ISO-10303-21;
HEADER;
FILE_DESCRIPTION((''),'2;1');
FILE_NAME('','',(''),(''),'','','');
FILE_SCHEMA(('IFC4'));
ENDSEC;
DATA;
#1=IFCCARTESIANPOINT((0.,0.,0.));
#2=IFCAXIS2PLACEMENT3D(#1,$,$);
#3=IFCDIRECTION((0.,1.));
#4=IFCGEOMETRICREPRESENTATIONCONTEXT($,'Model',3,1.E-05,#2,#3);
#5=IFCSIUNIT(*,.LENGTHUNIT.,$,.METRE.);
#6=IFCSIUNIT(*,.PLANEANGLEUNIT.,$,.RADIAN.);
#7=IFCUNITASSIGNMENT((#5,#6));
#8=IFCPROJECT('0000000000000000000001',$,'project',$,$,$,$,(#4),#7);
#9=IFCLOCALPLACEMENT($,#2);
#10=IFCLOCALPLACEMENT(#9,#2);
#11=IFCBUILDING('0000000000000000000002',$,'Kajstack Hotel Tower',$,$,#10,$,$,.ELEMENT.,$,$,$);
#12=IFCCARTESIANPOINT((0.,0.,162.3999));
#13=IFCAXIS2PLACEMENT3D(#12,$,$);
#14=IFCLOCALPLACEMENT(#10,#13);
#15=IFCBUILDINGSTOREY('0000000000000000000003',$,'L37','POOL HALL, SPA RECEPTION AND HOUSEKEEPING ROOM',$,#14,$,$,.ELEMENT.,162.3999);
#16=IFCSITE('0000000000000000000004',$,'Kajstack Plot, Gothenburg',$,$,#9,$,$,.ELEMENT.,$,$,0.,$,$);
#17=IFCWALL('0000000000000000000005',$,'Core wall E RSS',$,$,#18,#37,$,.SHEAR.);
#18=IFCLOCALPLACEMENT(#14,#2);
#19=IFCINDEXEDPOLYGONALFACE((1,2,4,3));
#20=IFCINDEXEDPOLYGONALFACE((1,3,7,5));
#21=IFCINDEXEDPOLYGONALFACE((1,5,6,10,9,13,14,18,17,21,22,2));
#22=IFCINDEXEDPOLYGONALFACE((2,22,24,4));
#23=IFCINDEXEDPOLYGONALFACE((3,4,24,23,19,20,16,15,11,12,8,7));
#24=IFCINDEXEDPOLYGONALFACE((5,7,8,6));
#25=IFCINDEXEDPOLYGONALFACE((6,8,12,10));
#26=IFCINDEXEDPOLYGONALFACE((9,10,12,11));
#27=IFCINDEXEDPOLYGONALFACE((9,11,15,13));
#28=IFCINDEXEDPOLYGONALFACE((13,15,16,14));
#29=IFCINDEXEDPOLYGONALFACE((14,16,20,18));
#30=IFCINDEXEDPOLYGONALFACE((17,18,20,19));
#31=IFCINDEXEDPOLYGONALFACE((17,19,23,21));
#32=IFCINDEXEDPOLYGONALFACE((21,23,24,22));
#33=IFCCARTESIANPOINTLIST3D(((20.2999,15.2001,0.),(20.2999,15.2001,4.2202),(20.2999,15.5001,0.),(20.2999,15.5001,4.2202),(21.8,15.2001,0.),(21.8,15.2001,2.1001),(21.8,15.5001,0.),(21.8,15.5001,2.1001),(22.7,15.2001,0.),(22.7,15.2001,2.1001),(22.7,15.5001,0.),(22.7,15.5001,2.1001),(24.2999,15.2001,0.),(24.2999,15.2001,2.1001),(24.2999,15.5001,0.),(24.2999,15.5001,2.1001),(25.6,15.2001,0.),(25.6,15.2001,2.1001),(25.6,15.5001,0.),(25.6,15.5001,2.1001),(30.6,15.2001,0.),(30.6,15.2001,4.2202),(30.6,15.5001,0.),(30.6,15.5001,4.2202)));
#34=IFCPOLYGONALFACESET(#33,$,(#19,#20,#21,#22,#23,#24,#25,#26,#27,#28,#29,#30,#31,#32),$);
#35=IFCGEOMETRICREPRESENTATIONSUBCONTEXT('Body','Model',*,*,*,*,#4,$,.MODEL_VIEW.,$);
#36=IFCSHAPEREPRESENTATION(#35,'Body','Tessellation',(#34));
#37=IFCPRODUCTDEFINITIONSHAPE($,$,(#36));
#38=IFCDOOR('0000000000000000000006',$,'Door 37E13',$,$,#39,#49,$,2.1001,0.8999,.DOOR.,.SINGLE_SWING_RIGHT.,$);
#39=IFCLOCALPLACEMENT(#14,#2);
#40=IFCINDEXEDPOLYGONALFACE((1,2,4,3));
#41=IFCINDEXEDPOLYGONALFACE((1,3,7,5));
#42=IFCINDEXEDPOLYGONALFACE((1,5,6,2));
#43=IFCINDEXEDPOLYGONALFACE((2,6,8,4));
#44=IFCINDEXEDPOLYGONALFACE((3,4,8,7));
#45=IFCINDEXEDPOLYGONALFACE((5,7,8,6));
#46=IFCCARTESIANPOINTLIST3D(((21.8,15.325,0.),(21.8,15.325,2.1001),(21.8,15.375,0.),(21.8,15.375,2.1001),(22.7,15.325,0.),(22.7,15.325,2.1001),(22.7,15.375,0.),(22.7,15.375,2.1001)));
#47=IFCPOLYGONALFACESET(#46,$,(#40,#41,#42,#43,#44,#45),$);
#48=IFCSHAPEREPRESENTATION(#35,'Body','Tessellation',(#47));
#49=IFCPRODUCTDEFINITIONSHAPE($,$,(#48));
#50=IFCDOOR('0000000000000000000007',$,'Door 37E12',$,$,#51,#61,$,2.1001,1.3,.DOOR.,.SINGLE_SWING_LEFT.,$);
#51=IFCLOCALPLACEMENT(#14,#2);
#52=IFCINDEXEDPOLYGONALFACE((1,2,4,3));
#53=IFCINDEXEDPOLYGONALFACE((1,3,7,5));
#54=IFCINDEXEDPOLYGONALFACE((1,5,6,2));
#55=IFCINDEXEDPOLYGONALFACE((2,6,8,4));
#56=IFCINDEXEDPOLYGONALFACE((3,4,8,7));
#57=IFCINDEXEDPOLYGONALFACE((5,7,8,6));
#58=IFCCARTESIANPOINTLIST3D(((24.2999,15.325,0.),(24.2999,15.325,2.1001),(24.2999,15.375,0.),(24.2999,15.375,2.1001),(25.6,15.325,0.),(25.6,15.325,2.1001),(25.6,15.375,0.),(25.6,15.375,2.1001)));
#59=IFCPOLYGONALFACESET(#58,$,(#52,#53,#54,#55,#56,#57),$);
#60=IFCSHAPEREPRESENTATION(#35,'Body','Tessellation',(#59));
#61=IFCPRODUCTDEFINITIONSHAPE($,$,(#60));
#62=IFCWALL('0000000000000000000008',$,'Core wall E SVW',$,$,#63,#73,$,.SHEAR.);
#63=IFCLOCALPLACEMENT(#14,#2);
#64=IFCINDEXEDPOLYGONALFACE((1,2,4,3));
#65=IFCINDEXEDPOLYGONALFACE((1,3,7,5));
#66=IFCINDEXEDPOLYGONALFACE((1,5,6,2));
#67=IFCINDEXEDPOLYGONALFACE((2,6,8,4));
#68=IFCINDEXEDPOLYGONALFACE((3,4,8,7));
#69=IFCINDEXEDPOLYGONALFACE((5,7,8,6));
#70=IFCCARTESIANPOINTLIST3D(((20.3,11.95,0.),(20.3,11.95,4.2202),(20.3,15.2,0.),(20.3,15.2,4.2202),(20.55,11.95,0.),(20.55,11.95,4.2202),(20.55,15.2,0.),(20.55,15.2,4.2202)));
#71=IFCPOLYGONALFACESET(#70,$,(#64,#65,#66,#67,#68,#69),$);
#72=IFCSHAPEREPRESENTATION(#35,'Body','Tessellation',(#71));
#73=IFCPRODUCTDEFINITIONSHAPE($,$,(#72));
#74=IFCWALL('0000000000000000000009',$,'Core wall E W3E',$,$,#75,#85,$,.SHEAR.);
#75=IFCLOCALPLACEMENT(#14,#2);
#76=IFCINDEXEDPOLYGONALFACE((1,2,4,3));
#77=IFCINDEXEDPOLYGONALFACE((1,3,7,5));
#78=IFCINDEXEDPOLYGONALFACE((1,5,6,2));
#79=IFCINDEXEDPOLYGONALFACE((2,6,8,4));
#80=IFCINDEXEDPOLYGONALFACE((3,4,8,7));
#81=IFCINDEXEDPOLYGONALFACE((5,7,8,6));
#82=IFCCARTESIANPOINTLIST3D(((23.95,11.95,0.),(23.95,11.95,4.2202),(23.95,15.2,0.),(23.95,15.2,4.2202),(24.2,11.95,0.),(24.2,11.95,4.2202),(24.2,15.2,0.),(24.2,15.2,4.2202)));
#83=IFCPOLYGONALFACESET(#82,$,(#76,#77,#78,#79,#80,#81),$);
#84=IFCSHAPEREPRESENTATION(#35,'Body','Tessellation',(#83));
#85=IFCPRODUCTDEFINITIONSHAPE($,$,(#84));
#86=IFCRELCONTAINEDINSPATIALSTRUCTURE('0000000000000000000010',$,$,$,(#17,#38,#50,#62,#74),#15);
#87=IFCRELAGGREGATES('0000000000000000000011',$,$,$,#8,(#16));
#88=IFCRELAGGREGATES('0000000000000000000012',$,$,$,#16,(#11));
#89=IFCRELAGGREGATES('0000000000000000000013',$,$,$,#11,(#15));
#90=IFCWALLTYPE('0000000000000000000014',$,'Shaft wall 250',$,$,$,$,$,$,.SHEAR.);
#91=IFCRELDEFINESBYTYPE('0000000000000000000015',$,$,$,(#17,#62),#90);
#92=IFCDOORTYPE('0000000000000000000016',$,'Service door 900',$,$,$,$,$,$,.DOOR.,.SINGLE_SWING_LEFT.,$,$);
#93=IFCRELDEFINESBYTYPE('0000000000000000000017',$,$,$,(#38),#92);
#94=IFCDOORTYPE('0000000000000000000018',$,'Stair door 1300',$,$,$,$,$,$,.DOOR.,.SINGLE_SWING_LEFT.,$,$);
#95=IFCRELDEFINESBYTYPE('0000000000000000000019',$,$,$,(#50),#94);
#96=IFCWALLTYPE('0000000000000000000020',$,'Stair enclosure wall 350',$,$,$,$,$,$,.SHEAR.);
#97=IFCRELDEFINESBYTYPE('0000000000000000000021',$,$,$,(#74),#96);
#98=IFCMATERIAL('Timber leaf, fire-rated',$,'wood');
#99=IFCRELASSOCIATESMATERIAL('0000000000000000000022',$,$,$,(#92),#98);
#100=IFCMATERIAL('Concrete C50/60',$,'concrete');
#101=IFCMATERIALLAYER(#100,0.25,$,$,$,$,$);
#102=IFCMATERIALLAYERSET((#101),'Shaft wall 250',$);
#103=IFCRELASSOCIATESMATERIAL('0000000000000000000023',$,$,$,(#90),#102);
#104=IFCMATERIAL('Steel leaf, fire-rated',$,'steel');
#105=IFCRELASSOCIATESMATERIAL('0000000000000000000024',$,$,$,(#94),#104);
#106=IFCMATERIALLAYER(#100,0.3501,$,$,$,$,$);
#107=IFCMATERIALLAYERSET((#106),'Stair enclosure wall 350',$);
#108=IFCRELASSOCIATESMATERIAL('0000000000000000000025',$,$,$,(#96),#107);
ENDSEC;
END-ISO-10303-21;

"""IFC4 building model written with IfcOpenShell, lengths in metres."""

from ifc_helpers import new_model, si_unit, direction, frame, frame_2d, origin, place, context, subcontext, project, spatial, rectangle, extrude, material, layer, layer_set, type_object, element, fill, save


model = new_model("IFC4")

# Units and contexts
model_context = context("Model", 3, precision=1e-05, world=origin(), true_north=direction((0.0, 1.0)))
body_context = subcontext(model_context, "Body", "Model", "MODEL_VIEW")
ifc_project = project(units=[si_unit("LENGTHUNIT", "METRE"), si_unit("PLANEANGLEUNIT", "RADIAN")], contexts=[model_context])

# Site, building, storey
site_placement = place(None, origin())
site = spatial("IfcSite", under=ifc_project, at=site_placement, Name="Kajstack Plot, Gothenburg", CompositionType="ELEMENT", RefElevation=0.0)
building_placement = place(site_placement, origin())
building = spatial("IfcBuilding", under=site, at=building_placement, Name="Kajstack Hotel Tower", CompositionType="ELEMENT")
storey_placement = place(building_placement, frame((0.0, 0.0, 162.3999)))
storey = spatial("IfcBuildingStorey", under=building, at=storey_placement, Name="L37", Description="POOL HALL, SPA RECEPTION AND HOUSEKEEPING ROOM", CompositionType="ELEMENT", Elevation=162.3999)

# Shared definitions
ifc_material_1 = material(Name="Timber leaf, fire-rated", Category="wood")
door_type_1 = type_object("IfcDoorType", Name="Service door 900", OperationType="SINGLE_SWING_LEFT", PredefinedType="DOOR", material=ifc_material_1)

# Wall, openings, doors
ifc_material_2 = material(Name="Concrete C50/60", Category="concrete")
ifc_layer_1 = layer(ifc_material_2, 0.25)
ifc_layer_set_1 = layer_set([ifc_layer_1], Name="Shaft wall 250")
wall_type_1 = type_object("IfcWallType", Name="Shaft wall 250", PredefinedType="SHEAR", material=ifc_layer_set_1)
wall_1_placement = place(storey_placement, frame((20.3, 15.3501, 0.0), z_axis=(0.0, 0.0, 1.0), x_axis=(1.0, 0.0, 0.0)))
wall_1 = element("IfcWall", 1, at=wall_1_placement, inside=storey, type_object=wall_type_1, Name="Core wall E RSS", PredefinedType="SHEAR", context=body_context, shape_type="SweptSolid", body=[
    extrude(rectangle(XDim=10.3, YDim=0.3, at=frame_2d((5.1499, 0.0))), origin(), (0.0, 0.0, 1.0), 4.2202),
])
opening_1_placement = place(wall_1_placement, frame((4.0, 0.0, 0.0)))
opening_1 = element("IfcOpeningElement", 2, at=opening_1_placement, cuts=wall_1, PredefinedType="OPENING", context=body_context, shape_type="SweptSolid", body=[
    extrude(rectangle(XDim=1.3, YDim=2.1001, at=frame_2d((0.6499, 1.05))), frame((0.0, 0.1599, 0.0), z_axis=(0.0, -1.0, 0.0), x_axis=(1.0, 0.0, 0.0)), (0.0, 0.0, 1.0), 0.3201),
])
opening_2_placement = place(wall_1_placement, frame((1.5, 0.0, 0.0)))
opening_2 = element("IfcOpeningElement", 3, at=opening_2_placement, cuts=wall_1, PredefinedType="OPENING", context=body_context, shape_type="SweptSolid", body=[
    extrude(rectangle(XDim=0.8999, YDim=2.1001, at=frame_2d((0.45, 1.05))), frame((0.0, 0.1599, 0.0), z_axis=(0.0, -1.0, 0.0), x_axis=(1.0, 0.0, 0.0)), (0.0, 0.0, 1.0), 0.3201),
])
door_1_placement = place(opening_2_placement, origin())
door_1 = element("IfcDoor", 4, at=door_1_placement, inside=storey, type_object=door_type_1, Name="Door 37E13", OperationType="SINGLE_SWING_RIGHT", OverallHeight=2.1001, OverallWidth=0.8999, PredefinedType="DOOR", context=body_context, shape_type="SweptSolid", body=[
    extrude(rectangle(XDim=0.8999, YDim=2.1001, at=frame_2d((0.45, 1.05))), frame((0.0, 0.0249, 0.0), z_axis=(0.0, -1.0, 0.0), x_axis=(1.0, 0.0, 0.0)), (0.0, 0.0, 1.0), 0.05),
])
fill(opening_2, door_1)
ifc_material_3 = material(Name="Steel leaf, fire-rated", Category="steel")
door_type_2 = type_object("IfcDoorType", Name="Stair door 1300", OperationType="SINGLE_SWING_LEFT", PredefinedType="DOOR", material=ifc_material_3)
door_2_placement = place(opening_1_placement, origin())
door_2 = element("IfcDoor", 5, at=door_2_placement, inside=storey, type_object=door_type_2, Name="Door 37E12", OperationType="SINGLE_SWING_LEFT", OverallHeight=2.1001, OverallWidth=1.3, PredefinedType="DOOR", context=body_context, shape_type="SweptSolid", body=[
    extrude(rectangle(XDim=1.3, YDim=2.1001, at=frame_2d((0.6499, 1.05))), frame((0.0, 0.0249, 0.0), z_axis=(0.0, -1.0, 0.0), x_axis=(1.0, 0.0, 0.0)), (0.0, 0.0, 1.0), 0.05),
])
fill(opening_1, door_2)

# Walls
wall_2_placement = place(storey_placement, frame((20.425, 11.95, 0.0), z_axis=(0.0, 0.0, 1.0), x_axis=(0.0, 1.0, 0.0)))
element("IfcWall", 6, at=wall_2_placement, inside=storey, type_object=wall_type_1, Name="Core wall E SVW", PredefinedType="SHEAR", context=body_context, shape_type="SweptSolid", body=[
    extrude(rectangle(XDim=3.25, YDim=0.25, at=frame_2d((1.625, 0.0))), origin(), (0.0, 0.0, 1.0), 4.2202),
])
ifc_layer_2 = layer(ifc_material_2, 0.3501)
ifc_layer_set_2 = layer_set([ifc_layer_2], Name="Stair enclosure wall 350")
wall_type_2 = type_object("IfcWallType", Name="Stair enclosure wall 350", PredefinedType="SHEAR", material=ifc_layer_set_2)
wall_3_placement = place(storey_placement, frame((24.075, 11.95, 0.0), z_axis=(0.0, 0.0, 1.0), x_axis=(0.0, 1.0, 0.0)))
element("IfcWall", 7, at=wall_3_placement, inside=storey, type_object=wall_type_2, Name="Core wall E W3E", PredefinedType="SHEAR", context=body_context, shape_type="SweptSolid", body=[
    extrude(rectangle(XDim=3.25, YDim=0.25, at=frame_2d((1.625, 0.0))), origin(), (0.0, 0.0, 1.0), 4.2202),
])

save(model, "model.ifc")
